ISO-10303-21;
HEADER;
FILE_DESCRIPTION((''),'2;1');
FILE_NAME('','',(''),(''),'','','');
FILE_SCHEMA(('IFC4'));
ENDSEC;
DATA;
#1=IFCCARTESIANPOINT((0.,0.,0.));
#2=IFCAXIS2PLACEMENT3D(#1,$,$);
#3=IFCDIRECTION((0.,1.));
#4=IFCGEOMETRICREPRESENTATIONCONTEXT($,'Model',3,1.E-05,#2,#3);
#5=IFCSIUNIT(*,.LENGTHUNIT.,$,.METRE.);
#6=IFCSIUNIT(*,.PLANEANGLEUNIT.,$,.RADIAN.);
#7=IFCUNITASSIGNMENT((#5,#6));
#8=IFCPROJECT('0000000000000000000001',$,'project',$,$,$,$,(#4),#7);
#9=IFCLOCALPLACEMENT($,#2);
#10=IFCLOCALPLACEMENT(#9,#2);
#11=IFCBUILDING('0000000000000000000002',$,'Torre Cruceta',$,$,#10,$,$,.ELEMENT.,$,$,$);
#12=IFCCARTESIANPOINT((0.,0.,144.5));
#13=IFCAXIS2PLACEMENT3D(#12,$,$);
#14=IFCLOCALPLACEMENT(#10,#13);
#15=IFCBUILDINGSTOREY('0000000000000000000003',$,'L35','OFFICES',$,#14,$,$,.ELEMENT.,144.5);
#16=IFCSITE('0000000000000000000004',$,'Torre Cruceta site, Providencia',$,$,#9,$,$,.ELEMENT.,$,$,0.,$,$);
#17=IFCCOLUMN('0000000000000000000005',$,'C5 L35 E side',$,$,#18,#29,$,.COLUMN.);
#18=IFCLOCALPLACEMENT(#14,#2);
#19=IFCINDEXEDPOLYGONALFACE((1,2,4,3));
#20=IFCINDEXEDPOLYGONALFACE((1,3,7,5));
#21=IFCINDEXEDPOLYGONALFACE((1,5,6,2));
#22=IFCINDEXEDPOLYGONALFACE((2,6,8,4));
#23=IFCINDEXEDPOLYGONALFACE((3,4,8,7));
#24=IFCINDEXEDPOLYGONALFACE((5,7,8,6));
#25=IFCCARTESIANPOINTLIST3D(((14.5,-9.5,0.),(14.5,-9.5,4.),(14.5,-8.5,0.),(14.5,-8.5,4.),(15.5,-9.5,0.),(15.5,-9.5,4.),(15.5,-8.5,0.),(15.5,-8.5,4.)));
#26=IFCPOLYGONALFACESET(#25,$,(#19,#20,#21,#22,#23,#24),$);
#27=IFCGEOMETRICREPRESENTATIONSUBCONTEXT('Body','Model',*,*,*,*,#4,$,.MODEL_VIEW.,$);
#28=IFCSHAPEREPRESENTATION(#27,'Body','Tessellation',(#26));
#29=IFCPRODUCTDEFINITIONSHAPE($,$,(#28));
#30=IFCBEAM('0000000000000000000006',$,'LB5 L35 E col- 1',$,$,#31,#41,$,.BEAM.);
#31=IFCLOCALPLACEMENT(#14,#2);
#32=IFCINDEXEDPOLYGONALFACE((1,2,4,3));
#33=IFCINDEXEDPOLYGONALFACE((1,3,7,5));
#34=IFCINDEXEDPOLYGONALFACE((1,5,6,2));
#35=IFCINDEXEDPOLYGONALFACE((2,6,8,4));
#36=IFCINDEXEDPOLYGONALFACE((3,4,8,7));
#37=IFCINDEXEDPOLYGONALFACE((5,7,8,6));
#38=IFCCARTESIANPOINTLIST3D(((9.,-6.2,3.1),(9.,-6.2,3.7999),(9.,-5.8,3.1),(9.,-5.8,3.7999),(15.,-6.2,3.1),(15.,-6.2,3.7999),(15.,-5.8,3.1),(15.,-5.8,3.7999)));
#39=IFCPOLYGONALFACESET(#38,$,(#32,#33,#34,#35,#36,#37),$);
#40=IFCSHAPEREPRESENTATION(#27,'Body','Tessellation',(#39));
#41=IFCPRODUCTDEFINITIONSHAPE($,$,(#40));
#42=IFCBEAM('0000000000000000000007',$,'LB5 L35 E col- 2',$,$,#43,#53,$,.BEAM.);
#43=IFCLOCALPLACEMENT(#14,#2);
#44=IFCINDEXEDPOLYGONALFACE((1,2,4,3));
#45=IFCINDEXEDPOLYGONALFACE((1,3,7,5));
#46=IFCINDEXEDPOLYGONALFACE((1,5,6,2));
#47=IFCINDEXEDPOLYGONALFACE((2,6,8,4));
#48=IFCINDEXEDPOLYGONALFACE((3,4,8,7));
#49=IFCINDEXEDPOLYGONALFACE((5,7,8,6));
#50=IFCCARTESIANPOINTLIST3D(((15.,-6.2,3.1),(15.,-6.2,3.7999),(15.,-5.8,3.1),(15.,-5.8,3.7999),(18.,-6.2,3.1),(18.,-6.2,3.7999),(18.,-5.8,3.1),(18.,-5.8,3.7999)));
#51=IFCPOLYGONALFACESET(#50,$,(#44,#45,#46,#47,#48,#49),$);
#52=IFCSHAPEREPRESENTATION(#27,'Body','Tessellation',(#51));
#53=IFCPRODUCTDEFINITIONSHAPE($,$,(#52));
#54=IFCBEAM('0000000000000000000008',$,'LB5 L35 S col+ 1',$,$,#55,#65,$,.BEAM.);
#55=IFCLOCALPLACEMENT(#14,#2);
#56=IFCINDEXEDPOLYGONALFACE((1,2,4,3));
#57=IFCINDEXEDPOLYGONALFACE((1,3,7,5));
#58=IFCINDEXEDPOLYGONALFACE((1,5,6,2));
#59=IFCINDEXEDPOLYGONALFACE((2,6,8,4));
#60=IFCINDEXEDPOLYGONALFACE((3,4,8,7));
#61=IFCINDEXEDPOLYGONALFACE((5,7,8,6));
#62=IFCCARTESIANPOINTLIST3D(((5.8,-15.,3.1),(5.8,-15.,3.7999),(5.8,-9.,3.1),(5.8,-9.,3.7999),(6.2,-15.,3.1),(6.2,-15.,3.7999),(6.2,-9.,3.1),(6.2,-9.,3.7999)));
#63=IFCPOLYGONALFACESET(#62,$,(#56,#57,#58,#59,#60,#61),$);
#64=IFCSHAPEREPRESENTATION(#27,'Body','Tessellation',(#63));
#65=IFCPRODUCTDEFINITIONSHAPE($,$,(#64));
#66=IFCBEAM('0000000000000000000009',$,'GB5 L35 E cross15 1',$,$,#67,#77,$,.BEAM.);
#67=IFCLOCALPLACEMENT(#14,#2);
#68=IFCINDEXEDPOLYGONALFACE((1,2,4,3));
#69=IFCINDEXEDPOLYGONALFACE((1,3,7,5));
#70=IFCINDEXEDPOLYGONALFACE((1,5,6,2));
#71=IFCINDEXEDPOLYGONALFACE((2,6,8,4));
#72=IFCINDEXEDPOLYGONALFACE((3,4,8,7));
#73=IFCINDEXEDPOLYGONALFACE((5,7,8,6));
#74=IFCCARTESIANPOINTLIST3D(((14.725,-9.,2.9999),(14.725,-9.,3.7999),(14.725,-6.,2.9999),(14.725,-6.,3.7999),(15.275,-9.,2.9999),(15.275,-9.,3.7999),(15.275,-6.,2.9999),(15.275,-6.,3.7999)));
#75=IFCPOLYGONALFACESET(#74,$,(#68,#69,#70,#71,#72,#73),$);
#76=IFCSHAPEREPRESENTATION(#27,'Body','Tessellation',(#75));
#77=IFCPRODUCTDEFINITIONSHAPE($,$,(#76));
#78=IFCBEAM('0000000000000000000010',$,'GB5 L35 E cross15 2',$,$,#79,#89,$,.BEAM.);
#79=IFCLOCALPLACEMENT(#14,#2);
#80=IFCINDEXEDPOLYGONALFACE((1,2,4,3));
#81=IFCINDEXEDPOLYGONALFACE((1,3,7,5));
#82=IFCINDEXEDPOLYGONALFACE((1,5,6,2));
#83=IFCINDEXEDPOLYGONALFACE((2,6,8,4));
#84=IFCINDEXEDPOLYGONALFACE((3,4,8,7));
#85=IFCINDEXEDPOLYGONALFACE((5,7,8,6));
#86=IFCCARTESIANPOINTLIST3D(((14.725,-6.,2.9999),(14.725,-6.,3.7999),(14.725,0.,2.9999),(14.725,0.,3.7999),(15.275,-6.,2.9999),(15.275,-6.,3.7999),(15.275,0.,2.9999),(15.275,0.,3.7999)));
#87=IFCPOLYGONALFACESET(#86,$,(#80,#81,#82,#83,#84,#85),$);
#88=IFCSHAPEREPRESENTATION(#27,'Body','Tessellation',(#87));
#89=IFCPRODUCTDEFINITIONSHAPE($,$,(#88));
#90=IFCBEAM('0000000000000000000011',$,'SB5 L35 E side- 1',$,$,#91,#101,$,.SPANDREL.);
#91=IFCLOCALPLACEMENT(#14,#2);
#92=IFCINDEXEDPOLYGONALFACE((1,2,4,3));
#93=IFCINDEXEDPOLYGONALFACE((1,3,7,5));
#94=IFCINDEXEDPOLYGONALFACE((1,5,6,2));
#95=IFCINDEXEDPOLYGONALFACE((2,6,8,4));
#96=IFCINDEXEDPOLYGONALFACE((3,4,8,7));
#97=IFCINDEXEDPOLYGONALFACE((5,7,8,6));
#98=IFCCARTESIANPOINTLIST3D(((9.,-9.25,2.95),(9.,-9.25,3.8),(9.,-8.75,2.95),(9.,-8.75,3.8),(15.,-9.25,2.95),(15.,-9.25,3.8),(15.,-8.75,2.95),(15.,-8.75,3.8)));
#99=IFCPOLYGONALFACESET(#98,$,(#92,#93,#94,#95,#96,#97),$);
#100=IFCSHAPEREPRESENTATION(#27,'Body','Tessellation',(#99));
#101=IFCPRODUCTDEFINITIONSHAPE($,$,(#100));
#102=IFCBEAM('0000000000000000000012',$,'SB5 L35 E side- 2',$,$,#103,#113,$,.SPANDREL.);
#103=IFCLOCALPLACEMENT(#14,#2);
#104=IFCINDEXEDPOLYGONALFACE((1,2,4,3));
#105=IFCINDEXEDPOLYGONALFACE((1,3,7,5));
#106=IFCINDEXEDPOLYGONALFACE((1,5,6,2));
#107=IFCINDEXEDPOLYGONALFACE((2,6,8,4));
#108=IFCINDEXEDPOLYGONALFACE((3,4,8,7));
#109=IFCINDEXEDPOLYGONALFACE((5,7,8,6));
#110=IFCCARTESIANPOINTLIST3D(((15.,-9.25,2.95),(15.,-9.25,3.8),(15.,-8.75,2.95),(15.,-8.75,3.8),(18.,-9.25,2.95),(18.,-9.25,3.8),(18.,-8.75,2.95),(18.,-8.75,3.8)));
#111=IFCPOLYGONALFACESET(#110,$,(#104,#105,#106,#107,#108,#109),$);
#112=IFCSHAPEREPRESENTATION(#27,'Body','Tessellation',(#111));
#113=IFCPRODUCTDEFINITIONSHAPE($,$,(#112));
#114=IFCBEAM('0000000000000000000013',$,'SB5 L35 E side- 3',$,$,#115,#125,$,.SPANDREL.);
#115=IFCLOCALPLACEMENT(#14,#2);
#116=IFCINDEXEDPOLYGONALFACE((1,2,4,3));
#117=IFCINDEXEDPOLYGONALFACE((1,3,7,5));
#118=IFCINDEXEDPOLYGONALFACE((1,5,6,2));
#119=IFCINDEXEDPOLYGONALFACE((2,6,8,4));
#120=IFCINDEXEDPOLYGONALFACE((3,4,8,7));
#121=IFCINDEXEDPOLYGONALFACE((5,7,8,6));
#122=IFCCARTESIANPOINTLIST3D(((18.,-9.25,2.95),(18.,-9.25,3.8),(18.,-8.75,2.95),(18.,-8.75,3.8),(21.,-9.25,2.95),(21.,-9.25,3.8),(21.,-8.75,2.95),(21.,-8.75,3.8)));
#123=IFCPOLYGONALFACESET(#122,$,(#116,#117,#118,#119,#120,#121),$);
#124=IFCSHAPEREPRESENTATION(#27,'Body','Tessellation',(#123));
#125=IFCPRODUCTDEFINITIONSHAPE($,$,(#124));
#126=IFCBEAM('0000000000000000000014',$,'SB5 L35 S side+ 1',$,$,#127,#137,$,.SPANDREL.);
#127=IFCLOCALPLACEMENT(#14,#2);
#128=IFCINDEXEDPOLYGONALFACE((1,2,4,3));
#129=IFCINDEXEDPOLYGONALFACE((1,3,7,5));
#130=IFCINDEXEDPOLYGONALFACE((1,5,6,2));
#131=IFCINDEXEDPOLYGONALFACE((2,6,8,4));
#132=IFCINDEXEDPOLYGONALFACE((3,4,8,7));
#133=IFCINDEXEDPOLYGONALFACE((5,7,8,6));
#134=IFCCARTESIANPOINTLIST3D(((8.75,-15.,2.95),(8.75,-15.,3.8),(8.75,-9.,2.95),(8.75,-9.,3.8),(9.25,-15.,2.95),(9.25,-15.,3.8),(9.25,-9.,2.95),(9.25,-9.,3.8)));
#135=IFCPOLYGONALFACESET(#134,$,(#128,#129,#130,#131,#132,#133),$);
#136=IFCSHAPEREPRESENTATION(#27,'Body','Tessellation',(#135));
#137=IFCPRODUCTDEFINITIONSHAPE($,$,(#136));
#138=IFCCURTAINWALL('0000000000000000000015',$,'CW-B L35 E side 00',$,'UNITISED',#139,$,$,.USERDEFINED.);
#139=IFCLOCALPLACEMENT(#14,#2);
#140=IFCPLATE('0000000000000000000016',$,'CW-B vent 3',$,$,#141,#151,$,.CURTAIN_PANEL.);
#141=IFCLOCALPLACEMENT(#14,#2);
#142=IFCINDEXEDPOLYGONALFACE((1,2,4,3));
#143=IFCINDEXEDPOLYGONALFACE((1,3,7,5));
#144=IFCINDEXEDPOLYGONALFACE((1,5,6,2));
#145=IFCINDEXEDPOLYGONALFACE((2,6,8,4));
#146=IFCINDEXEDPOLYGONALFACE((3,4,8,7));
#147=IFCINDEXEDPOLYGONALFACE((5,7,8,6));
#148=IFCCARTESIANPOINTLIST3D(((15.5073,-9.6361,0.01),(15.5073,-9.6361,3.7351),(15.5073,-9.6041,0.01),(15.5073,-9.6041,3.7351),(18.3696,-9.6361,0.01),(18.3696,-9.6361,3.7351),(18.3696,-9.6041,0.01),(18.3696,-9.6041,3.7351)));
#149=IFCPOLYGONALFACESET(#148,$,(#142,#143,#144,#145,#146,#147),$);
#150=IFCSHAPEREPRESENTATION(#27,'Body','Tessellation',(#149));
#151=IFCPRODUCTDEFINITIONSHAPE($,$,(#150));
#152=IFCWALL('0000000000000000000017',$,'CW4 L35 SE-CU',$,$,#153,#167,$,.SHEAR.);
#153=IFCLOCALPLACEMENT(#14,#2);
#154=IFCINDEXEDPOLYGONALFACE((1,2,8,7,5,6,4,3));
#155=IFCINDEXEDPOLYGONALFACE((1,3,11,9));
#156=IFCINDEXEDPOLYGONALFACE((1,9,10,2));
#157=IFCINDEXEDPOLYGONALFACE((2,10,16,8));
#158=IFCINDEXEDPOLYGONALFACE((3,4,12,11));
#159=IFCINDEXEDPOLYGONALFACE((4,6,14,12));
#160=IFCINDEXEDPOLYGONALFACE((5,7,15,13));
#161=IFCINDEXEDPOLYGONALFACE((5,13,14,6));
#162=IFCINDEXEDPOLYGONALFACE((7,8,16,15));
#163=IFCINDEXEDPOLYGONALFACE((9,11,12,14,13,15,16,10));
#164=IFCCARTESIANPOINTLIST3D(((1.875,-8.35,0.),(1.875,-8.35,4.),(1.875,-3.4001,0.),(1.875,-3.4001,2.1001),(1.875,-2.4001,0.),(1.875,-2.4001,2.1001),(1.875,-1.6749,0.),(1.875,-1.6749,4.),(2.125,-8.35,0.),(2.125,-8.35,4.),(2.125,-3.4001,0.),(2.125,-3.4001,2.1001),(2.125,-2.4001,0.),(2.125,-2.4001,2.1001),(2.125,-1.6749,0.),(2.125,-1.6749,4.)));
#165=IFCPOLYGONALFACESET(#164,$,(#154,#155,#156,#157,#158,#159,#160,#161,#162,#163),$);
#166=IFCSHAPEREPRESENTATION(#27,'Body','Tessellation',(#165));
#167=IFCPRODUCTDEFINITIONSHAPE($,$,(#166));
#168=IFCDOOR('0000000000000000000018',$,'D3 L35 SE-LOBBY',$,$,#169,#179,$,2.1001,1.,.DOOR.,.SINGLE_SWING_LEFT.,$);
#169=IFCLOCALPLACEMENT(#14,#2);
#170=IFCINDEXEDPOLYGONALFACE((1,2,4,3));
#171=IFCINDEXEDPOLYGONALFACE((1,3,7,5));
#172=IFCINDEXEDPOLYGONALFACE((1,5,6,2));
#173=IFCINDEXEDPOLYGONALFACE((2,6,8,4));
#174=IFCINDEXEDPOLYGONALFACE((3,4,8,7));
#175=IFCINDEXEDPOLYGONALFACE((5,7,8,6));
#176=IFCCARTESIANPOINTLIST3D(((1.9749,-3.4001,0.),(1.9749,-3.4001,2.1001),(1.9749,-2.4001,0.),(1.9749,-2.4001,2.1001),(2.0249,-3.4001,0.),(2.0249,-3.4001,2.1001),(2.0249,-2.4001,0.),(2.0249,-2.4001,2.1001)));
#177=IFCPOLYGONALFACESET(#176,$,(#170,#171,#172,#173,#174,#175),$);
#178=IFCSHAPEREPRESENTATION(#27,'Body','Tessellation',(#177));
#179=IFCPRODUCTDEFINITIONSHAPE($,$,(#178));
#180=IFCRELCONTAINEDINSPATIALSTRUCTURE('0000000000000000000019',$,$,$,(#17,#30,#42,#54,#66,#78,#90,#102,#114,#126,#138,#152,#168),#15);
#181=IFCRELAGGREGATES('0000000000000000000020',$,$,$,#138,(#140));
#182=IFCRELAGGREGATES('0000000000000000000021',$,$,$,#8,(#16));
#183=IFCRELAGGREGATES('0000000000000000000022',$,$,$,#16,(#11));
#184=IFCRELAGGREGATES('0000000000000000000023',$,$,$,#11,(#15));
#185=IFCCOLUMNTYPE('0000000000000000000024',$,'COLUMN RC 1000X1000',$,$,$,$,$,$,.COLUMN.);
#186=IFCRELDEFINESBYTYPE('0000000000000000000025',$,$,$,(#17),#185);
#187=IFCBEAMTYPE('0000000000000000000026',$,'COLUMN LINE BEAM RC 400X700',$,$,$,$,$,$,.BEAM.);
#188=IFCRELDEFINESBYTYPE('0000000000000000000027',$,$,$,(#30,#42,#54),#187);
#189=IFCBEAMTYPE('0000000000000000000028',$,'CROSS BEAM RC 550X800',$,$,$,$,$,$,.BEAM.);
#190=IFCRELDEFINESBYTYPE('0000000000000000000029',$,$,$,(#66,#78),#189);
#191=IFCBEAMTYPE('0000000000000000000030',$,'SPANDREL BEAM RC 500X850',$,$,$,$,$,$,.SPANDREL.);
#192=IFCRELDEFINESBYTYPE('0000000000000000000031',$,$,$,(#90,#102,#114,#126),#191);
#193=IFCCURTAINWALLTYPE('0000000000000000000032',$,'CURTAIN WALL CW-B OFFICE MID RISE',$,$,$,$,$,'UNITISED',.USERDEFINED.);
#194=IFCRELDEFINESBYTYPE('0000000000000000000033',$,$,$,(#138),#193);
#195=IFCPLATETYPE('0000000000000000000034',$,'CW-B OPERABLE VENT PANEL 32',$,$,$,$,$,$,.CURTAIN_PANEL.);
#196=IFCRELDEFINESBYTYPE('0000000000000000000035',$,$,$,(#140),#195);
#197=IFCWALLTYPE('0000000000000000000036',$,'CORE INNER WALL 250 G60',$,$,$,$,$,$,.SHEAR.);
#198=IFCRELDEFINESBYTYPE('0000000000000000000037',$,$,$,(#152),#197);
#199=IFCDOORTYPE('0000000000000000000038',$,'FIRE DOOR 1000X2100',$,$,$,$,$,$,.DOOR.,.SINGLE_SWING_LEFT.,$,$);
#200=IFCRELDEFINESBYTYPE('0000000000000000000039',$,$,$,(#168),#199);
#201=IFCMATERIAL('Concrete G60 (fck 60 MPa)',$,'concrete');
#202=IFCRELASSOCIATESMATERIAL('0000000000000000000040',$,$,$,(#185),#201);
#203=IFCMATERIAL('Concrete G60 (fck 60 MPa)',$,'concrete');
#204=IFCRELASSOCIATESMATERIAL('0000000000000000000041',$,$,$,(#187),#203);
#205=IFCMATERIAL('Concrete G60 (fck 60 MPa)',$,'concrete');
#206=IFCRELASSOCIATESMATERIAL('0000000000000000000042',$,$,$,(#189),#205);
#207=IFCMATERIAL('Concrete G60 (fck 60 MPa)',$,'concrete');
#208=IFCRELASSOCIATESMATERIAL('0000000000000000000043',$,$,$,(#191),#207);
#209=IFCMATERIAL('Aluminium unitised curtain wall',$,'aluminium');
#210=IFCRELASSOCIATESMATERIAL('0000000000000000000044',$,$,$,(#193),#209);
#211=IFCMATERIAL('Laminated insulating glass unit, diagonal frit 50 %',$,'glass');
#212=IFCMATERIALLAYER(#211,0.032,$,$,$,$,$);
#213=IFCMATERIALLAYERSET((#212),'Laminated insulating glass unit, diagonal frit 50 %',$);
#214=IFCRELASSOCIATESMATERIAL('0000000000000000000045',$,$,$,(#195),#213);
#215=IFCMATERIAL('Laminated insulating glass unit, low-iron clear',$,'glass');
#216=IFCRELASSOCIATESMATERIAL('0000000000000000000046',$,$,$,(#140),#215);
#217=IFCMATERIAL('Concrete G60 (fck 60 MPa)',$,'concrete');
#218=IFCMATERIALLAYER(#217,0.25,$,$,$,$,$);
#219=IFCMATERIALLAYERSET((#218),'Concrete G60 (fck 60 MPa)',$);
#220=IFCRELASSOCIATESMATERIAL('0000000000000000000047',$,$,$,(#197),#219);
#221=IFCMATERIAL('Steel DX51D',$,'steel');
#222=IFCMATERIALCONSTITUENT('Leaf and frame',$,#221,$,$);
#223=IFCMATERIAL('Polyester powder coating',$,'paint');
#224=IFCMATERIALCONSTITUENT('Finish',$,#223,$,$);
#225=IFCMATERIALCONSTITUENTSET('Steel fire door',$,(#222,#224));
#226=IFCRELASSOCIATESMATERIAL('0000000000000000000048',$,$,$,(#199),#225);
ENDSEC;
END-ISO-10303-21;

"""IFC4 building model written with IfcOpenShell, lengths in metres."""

from ifc_helpers import new_model, si_unit, direction, frame, frame_2d, origin, origin_2d, place, context, subcontext, project, spatial, rectangle, extrude, material, layer, layer_set, constituent, constituent_set, material_profile, profile_set, type_object, element, fill, aggregate, save


model = new_model("IFC4")

# Units and contexts
model_context = context("Model", 3, precision=1e-05, world=origin(), true_north=direction((0.0, 1.0)))
body_context = subcontext(model_context, "Body", "Model", "MODEL_VIEW")
ifc_project = project(units=[si_unit("LENGTHUNIT", "METRE"), si_unit("PLANEANGLEUNIT", "RADIAN")], contexts=[model_context])

# Site, building, storey
site_placement = place(None, origin())
site = spatial("IfcSite", under=ifc_project, at=site_placement, Name="Torre Cruceta site, Providencia", CompositionType="ELEMENT", RefElevation=0.0)
building_placement = place(site_placement, origin())
building = spatial("IfcBuilding", under=site, at=building_placement, Name="Torre Cruceta", CompositionType="ELEMENT")
storey_placement = place(building_placement, frame((0.0, 0.0, 144.5)))
storey = spatial("IfcBuildingStorey", under=building, at=storey_placement, Name="L35", Description="OFFICES", CompositionType="ELEMENT", Elevation=144.5)

# Column
ifc_material_1 = material(Name="Concrete G60 (fck 60 MPa)", Category="concrete")
ifc_material_profile_1 = material_profile(ifc_material_1, rectangle(XDim=1.0, YDim=1.0, at=origin_2d()), Name="RC 1000X1000")
ifc_profile_set_1 = profile_set([ifc_material_profile_1], Name="Concrete G60 (fck 60 MPa)")
column_type = type_object("IfcColumnType", Name="COLUMN RC 1000X1000", PredefinedType="COLUMN", material=ifc_profile_set_1)
column_placement = place(storey_placement, frame((15.0, -9.0, 0.0), z_axis=(0.0, 0.0, 1.0), x_axis=(1.0, 0.0, 0.0)))
element("IfcColumn", 1, at=column_placement, inside=storey, type_object=column_type, Name="C5 L35 E side", PredefinedType="COLUMN", context=body_context, shape_type="SweptSolid", body=[
    extrude(rectangle(XDim=1.0, YDim=1.0, at=origin_2d()), origin(), (0.0, 0.0, 1.0), 4.0),
])

# Beams
ifc_material_2 = material(Name="Concrete G60 (fck 60 MPa)", Category="concrete")
ifc_material_profile_2 = material_profile(ifc_material_2, rectangle(XDim=0.3999, YDim=0.7, at=origin_2d()), Name="RC 400X700")
ifc_profile_set_2 = profile_set([ifc_material_profile_2], Name="Concrete G60 (fck 60 MPa)")
beam_type_1 = type_object("IfcBeamType", Name="COLUMN LINE BEAM RC 400X700", PredefinedType="BEAM", material=ifc_profile_set_2)
beam_1_placement = place(storey_placement, frame((9.0, -6.0, 3.45), z_axis=(1.0, 0.0, 0.0), x_axis=(0.0, 1.0, 0.0)))
element("IfcBeam", 2, at=beam_1_placement, inside=storey, type_object=beam_type_1, Name="LB5 L35 E col- 1", PredefinedType="BEAM", context=body_context, shape_type="SweptSolid", body=[
    extrude(rectangle(XDim=0.3999, YDim=0.7, at=origin_2d()), origin(), (0.0, 0.0, 1.0), 6.0),
])
beam_2_placement = place(storey_placement, frame((15.0, -6.0, 3.45), z_axis=(1.0, 0.0, 0.0), x_axis=(0.0, 1.0, 0.0)))
element("IfcBeam", 3, at=beam_2_placement, inside=storey, type_object=beam_type_1, Name="LB5 L35 E col- 2", PredefinedType="BEAM", context=body_context, shape_type="SweptSolid", body=[
    extrude(rectangle(XDim=0.3999, YDim=0.7, at=origin_2d()), origin(), (0.0, 0.0, 1.0), 3.0),
])
beam_3_placement = place(storey_placement, frame((6.0, -9.0, 3.45), z_axis=(0.0, -1.0, 0.0), x_axis=(1.0, 0.0, 0.0)))
element("IfcBeam", 4, at=beam_3_placement, inside=storey, type_object=beam_type_1, Name="LB5 L35 S col+ 1", PredefinedType="BEAM", context=body_context, shape_type="SweptSolid", body=[
    extrude(rectangle(XDim=0.3999, YDim=0.7, at=origin_2d()), origin(), (0.0, 0.0, 1.0), 6.0),
])
ifc_material_3 = material(Name="Concrete G60 (fck 60 MPa)", Category="concrete")
ifc_material_profile_3 = material_profile(ifc_material_3, rectangle(XDim=0.55, YDim=0.8, at=origin_2d()), Name="RC 550X800")
ifc_profile_set_3 = profile_set([ifc_material_profile_3], Name="Concrete G60 (fck 60 MPa)")
beam_type_2 = type_object("IfcBeamType", Name="CROSS BEAM RC 550X800", PredefinedType="BEAM", material=ifc_profile_set_3)
beam_4_placement = place(storey_placement, frame((15.0, -9.0, 3.3999), z_axis=(0.0, 1.0, 0.0), x_axis=(-1.0, 0.0, 0.0)))
element("IfcBeam", 5, at=beam_4_placement, inside=storey, type_object=beam_type_2, Name="GB5 L35 E cross15 1", PredefinedType="BEAM", context=body_context, shape_type="SweptSolid", body=[
    extrude(rectangle(XDim=0.55, YDim=0.8, at=origin_2d()), origin(), (0.0, 0.0, 1.0), 3.0),
])
beam_5_placement = place(storey_placement, frame((15.0, -6.0, 3.3999), z_axis=(0.0, 1.0, 0.0), x_axis=(-1.0, 0.0, 0.0)))
element("IfcBeam", 6, at=beam_5_placement, inside=storey, type_object=beam_type_2, Name="GB5 L35 E cross15 2", PredefinedType="BEAM", context=body_context, shape_type="SweptSolid", body=[
    extrude(rectangle(XDim=0.55, YDim=0.8, at=origin_2d()), origin(), (0.0, 0.0, 1.0), 6.0),
])
ifc_material_4 = material(Name="Concrete G60 (fck 60 MPa)", Category="concrete")
ifc_material_profile_4 = material_profile(ifc_material_4, rectangle(XDim=0.5, YDim=0.8501, at=origin_2d()), Name="RC 500X850")
ifc_profile_set_4 = profile_set([ifc_material_profile_4], Name="Concrete G60 (fck 60 MPa)")
beam_type_3 = type_object("IfcBeamType", Name="SPANDREL BEAM RC 500X850", PredefinedType="SPANDREL", material=ifc_profile_set_4)
beam_6_placement = place(storey_placement, frame((9.0, -9.0, 3.375), z_axis=(1.0, 0.0, 0.0), x_axis=(0.0, 1.0, 0.0)))
element("IfcBeam", 7, at=beam_6_placement, inside=storey, type_object=beam_type_3, Name="SB5 L35 E side- 1", PredefinedType="SPANDREL", context=body_context, shape_type="SweptSolid", body=[
    extrude(rectangle(XDim=0.5, YDim=0.8501, at=origin_2d()), origin(), (0.0, 0.0, 1.0), 6.0),
])
for number, where, z_axis, x_axis, name in (
    (8, (15.0, -9.0, 3.375), (1.0, 0.0, 0.0), (0.0, 1.0, 0.0), "SB5 L35 E side- 2"),
    (9, (18.0, -9.0, 3.375), (1.0, 0.0, 0.0), (0.0, 1.0, 0.0), "SB5 L35 E side- 3"),
):
    element("IfcBeam", number, at=place(storey_placement, frame(where, z_axis=z_axis, x_axis=x_axis)), inside=storey, type_object=beam_type_3, Name=name, PredefinedType="SPANDREL", context=body_context, shape_type="SweptSolid", body=[
        extrude(rectangle(XDim=0.5, YDim=0.8501, at=origin_2d()), origin(), (0.0, 0.0, 1.0), 3.0),
    ])
beam_7_placement = place(storey_placement, frame((9.0, -9.0, 3.375), z_axis=(0.0, -1.0, 0.0), x_axis=(1.0, 0.0, 0.0)))
element("IfcBeam", 10, at=beam_7_placement, inside=storey, type_object=beam_type_3, Name="SB5 L35 S side+ 1", PredefinedType="SPANDREL", context=body_context, shape_type="SweptSolid", body=[
    extrude(rectangle(XDim=0.5, YDim=0.8501, at=origin_2d()), origin(), (0.0, 0.0, 1.0), 6.0),
])

# Curtain wall, plate
ifc_material_5 = material(Name="Aluminium unitised curtain wall", Category="aluminium")
curtain_wall_type = type_object("IfcCurtainWallType", Name="CURTAIN WALL CW-B OFFICE MID RISE", ElementType="UNITISED", PredefinedType="USERDEFINED", material=ifc_material_5)
curtain_wall_placement = place(storey_placement, origin())
curtain_wall = element("IfcCurtainWall", 11, at=curtain_wall_placement, inside=storey, type_object=curtain_wall_type, Name="CW-B L35 E side 00", ObjectType="UNITISED", PredefinedType="USERDEFINED")
ifc_material_6 = material(Name="Laminated insulating glass unit, low-iron clear", Category="glass")
ifc_material_7 = material(Name="Laminated insulating glass unit, diagonal frit 50 %", Category="glass")
ifc_layer_1 = layer(ifc_material_7, 0.032)
ifc_layer_set_1 = layer_set([ifc_layer_1], Name="Laminated insulating glass unit, diagonal frit 50 %")
plate_type = type_object("IfcPlateType", Name="CW-B OPERABLE VENT PANEL 32", PredefinedType="CURTAIN_PANEL", material=ifc_layer_set_1)
plate_placement = place(storey_placement, frame((16.9385, -9.6201, 0.01), z_axis=(0.0, 0.0, 1.0), x_axis=(1.0, 0.0, 0.0)))
plate = element("IfcPlate", 12, at=plate_placement, type_object=plate_type, material=ifc_material_6, Name="CW-B vent 3", PredefinedType="CURTAIN_PANEL", context=body_context, shape_type="SweptSolid", body=[
    extrude(rectangle(XDim=2.8623, YDim=0.032, at=origin_2d()), origin(), (0.0, 0.0, 1.0), 3.7251),
])
aggregate(curtain_wall, [plate])

# Wall, opening, door
ifc_material_8 = material(Name="Concrete G60 (fck 60 MPa)", Category="concrete")
ifc_layer_2 = layer(ifc_material_8, 0.25)
ifc_layer_set_2 = layer_set([ifc_layer_2], Name="Concrete G60 (fck 60 MPa)")
wall_type_1 = type_object("IfcWallType", Name="CORE INNER WALL 250 G60", PredefinedType="SHEAR", material=ifc_layer_set_2)
wall_1_placement = place(storey_placement, frame((2.0, -1.675, 0.0), z_axis=(0.0, 0.0, 1.0), x_axis=(0.0, -1.0, 0.0)))
wall_1 = element("IfcWall", 13, at=wall_1_placement, inside=storey, type_object=wall_type_1, Name="CW4 L35 SE-CU", PredefinedType="SHEAR", context=body_context, shape_type="SweptSolid", body=[
    extrude(rectangle(XDim=6.675, YDim=0.25, at=frame_2d((3.3374, 0.0))), origin(), (0.0, 0.0, 1.0), 4.0),
])
opening_1_placement = place(wall_1_placement, frame((0.7251, 0.0, 0.0)))
opening_1 = element("IfcOpeningElement", 14, at=opening_1_placement, cuts=wall_1, PredefinedType="OPENING", context=body_context, shape_type="SweptSolid", body=[
    extrude(rectangle(XDim=1.0, YDim=2.1001, at=frame_2d((0.5, 1.05))), frame((0.0, 0.135, 0.0), z_axis=(0.0, -1.0, 0.0), x_axis=(1.0, 0.0, 0.0)), (0.0, 0.0, 1.0), 0.27),
])
ifc_material_9 = material(Name="Steel DX51D", Category="steel")
ifc_constituent_1 = constituent(ifc_material_9, Name="Leaf and frame")
ifc_material_10 = material(Name="Polyester powder coating", Category="paint")
ifc_constituent_2 = constituent(ifc_material_10, Name="Finish")
ifc_constituent_set_1 = constituent_set(constituents=[ifc_constituent_1, ifc_constituent_2], Name="Steel fire door")
door_type_1 = type_object("IfcDoorType", Name="FIRE DOOR 1000X2100", OperationType="SINGLE_SWING_LEFT", PredefinedType="DOOR", material=ifc_constituent_set_1)
door_1_placement = place(opening_1_placement, origin())
door_1 = element("IfcDoor", 15, at=door_1_placement, inside=storey, type_object=door_type_1, Name="D3 L35 SE-LOBBY", OperationType="SINGLE_SWING_LEFT", OverallHeight=2.1001, OverallWidth=1.0, PredefinedType="DOOR", context=body_context, shape_type="SweptSolid", body=[
    extrude(rectangle(XDim=1.0, YDim=2.1001, at=frame_2d((0.5, 1.05))), frame((0.0, 0.0249, 0.0), z_axis=(0.0, -1.0, 0.0), x_axis=(1.0, 0.0, 0.0)), (0.0, 0.0, 1.0), 0.05),
])
fill(opening_1, door_1)

save(model, "model.ifc")
